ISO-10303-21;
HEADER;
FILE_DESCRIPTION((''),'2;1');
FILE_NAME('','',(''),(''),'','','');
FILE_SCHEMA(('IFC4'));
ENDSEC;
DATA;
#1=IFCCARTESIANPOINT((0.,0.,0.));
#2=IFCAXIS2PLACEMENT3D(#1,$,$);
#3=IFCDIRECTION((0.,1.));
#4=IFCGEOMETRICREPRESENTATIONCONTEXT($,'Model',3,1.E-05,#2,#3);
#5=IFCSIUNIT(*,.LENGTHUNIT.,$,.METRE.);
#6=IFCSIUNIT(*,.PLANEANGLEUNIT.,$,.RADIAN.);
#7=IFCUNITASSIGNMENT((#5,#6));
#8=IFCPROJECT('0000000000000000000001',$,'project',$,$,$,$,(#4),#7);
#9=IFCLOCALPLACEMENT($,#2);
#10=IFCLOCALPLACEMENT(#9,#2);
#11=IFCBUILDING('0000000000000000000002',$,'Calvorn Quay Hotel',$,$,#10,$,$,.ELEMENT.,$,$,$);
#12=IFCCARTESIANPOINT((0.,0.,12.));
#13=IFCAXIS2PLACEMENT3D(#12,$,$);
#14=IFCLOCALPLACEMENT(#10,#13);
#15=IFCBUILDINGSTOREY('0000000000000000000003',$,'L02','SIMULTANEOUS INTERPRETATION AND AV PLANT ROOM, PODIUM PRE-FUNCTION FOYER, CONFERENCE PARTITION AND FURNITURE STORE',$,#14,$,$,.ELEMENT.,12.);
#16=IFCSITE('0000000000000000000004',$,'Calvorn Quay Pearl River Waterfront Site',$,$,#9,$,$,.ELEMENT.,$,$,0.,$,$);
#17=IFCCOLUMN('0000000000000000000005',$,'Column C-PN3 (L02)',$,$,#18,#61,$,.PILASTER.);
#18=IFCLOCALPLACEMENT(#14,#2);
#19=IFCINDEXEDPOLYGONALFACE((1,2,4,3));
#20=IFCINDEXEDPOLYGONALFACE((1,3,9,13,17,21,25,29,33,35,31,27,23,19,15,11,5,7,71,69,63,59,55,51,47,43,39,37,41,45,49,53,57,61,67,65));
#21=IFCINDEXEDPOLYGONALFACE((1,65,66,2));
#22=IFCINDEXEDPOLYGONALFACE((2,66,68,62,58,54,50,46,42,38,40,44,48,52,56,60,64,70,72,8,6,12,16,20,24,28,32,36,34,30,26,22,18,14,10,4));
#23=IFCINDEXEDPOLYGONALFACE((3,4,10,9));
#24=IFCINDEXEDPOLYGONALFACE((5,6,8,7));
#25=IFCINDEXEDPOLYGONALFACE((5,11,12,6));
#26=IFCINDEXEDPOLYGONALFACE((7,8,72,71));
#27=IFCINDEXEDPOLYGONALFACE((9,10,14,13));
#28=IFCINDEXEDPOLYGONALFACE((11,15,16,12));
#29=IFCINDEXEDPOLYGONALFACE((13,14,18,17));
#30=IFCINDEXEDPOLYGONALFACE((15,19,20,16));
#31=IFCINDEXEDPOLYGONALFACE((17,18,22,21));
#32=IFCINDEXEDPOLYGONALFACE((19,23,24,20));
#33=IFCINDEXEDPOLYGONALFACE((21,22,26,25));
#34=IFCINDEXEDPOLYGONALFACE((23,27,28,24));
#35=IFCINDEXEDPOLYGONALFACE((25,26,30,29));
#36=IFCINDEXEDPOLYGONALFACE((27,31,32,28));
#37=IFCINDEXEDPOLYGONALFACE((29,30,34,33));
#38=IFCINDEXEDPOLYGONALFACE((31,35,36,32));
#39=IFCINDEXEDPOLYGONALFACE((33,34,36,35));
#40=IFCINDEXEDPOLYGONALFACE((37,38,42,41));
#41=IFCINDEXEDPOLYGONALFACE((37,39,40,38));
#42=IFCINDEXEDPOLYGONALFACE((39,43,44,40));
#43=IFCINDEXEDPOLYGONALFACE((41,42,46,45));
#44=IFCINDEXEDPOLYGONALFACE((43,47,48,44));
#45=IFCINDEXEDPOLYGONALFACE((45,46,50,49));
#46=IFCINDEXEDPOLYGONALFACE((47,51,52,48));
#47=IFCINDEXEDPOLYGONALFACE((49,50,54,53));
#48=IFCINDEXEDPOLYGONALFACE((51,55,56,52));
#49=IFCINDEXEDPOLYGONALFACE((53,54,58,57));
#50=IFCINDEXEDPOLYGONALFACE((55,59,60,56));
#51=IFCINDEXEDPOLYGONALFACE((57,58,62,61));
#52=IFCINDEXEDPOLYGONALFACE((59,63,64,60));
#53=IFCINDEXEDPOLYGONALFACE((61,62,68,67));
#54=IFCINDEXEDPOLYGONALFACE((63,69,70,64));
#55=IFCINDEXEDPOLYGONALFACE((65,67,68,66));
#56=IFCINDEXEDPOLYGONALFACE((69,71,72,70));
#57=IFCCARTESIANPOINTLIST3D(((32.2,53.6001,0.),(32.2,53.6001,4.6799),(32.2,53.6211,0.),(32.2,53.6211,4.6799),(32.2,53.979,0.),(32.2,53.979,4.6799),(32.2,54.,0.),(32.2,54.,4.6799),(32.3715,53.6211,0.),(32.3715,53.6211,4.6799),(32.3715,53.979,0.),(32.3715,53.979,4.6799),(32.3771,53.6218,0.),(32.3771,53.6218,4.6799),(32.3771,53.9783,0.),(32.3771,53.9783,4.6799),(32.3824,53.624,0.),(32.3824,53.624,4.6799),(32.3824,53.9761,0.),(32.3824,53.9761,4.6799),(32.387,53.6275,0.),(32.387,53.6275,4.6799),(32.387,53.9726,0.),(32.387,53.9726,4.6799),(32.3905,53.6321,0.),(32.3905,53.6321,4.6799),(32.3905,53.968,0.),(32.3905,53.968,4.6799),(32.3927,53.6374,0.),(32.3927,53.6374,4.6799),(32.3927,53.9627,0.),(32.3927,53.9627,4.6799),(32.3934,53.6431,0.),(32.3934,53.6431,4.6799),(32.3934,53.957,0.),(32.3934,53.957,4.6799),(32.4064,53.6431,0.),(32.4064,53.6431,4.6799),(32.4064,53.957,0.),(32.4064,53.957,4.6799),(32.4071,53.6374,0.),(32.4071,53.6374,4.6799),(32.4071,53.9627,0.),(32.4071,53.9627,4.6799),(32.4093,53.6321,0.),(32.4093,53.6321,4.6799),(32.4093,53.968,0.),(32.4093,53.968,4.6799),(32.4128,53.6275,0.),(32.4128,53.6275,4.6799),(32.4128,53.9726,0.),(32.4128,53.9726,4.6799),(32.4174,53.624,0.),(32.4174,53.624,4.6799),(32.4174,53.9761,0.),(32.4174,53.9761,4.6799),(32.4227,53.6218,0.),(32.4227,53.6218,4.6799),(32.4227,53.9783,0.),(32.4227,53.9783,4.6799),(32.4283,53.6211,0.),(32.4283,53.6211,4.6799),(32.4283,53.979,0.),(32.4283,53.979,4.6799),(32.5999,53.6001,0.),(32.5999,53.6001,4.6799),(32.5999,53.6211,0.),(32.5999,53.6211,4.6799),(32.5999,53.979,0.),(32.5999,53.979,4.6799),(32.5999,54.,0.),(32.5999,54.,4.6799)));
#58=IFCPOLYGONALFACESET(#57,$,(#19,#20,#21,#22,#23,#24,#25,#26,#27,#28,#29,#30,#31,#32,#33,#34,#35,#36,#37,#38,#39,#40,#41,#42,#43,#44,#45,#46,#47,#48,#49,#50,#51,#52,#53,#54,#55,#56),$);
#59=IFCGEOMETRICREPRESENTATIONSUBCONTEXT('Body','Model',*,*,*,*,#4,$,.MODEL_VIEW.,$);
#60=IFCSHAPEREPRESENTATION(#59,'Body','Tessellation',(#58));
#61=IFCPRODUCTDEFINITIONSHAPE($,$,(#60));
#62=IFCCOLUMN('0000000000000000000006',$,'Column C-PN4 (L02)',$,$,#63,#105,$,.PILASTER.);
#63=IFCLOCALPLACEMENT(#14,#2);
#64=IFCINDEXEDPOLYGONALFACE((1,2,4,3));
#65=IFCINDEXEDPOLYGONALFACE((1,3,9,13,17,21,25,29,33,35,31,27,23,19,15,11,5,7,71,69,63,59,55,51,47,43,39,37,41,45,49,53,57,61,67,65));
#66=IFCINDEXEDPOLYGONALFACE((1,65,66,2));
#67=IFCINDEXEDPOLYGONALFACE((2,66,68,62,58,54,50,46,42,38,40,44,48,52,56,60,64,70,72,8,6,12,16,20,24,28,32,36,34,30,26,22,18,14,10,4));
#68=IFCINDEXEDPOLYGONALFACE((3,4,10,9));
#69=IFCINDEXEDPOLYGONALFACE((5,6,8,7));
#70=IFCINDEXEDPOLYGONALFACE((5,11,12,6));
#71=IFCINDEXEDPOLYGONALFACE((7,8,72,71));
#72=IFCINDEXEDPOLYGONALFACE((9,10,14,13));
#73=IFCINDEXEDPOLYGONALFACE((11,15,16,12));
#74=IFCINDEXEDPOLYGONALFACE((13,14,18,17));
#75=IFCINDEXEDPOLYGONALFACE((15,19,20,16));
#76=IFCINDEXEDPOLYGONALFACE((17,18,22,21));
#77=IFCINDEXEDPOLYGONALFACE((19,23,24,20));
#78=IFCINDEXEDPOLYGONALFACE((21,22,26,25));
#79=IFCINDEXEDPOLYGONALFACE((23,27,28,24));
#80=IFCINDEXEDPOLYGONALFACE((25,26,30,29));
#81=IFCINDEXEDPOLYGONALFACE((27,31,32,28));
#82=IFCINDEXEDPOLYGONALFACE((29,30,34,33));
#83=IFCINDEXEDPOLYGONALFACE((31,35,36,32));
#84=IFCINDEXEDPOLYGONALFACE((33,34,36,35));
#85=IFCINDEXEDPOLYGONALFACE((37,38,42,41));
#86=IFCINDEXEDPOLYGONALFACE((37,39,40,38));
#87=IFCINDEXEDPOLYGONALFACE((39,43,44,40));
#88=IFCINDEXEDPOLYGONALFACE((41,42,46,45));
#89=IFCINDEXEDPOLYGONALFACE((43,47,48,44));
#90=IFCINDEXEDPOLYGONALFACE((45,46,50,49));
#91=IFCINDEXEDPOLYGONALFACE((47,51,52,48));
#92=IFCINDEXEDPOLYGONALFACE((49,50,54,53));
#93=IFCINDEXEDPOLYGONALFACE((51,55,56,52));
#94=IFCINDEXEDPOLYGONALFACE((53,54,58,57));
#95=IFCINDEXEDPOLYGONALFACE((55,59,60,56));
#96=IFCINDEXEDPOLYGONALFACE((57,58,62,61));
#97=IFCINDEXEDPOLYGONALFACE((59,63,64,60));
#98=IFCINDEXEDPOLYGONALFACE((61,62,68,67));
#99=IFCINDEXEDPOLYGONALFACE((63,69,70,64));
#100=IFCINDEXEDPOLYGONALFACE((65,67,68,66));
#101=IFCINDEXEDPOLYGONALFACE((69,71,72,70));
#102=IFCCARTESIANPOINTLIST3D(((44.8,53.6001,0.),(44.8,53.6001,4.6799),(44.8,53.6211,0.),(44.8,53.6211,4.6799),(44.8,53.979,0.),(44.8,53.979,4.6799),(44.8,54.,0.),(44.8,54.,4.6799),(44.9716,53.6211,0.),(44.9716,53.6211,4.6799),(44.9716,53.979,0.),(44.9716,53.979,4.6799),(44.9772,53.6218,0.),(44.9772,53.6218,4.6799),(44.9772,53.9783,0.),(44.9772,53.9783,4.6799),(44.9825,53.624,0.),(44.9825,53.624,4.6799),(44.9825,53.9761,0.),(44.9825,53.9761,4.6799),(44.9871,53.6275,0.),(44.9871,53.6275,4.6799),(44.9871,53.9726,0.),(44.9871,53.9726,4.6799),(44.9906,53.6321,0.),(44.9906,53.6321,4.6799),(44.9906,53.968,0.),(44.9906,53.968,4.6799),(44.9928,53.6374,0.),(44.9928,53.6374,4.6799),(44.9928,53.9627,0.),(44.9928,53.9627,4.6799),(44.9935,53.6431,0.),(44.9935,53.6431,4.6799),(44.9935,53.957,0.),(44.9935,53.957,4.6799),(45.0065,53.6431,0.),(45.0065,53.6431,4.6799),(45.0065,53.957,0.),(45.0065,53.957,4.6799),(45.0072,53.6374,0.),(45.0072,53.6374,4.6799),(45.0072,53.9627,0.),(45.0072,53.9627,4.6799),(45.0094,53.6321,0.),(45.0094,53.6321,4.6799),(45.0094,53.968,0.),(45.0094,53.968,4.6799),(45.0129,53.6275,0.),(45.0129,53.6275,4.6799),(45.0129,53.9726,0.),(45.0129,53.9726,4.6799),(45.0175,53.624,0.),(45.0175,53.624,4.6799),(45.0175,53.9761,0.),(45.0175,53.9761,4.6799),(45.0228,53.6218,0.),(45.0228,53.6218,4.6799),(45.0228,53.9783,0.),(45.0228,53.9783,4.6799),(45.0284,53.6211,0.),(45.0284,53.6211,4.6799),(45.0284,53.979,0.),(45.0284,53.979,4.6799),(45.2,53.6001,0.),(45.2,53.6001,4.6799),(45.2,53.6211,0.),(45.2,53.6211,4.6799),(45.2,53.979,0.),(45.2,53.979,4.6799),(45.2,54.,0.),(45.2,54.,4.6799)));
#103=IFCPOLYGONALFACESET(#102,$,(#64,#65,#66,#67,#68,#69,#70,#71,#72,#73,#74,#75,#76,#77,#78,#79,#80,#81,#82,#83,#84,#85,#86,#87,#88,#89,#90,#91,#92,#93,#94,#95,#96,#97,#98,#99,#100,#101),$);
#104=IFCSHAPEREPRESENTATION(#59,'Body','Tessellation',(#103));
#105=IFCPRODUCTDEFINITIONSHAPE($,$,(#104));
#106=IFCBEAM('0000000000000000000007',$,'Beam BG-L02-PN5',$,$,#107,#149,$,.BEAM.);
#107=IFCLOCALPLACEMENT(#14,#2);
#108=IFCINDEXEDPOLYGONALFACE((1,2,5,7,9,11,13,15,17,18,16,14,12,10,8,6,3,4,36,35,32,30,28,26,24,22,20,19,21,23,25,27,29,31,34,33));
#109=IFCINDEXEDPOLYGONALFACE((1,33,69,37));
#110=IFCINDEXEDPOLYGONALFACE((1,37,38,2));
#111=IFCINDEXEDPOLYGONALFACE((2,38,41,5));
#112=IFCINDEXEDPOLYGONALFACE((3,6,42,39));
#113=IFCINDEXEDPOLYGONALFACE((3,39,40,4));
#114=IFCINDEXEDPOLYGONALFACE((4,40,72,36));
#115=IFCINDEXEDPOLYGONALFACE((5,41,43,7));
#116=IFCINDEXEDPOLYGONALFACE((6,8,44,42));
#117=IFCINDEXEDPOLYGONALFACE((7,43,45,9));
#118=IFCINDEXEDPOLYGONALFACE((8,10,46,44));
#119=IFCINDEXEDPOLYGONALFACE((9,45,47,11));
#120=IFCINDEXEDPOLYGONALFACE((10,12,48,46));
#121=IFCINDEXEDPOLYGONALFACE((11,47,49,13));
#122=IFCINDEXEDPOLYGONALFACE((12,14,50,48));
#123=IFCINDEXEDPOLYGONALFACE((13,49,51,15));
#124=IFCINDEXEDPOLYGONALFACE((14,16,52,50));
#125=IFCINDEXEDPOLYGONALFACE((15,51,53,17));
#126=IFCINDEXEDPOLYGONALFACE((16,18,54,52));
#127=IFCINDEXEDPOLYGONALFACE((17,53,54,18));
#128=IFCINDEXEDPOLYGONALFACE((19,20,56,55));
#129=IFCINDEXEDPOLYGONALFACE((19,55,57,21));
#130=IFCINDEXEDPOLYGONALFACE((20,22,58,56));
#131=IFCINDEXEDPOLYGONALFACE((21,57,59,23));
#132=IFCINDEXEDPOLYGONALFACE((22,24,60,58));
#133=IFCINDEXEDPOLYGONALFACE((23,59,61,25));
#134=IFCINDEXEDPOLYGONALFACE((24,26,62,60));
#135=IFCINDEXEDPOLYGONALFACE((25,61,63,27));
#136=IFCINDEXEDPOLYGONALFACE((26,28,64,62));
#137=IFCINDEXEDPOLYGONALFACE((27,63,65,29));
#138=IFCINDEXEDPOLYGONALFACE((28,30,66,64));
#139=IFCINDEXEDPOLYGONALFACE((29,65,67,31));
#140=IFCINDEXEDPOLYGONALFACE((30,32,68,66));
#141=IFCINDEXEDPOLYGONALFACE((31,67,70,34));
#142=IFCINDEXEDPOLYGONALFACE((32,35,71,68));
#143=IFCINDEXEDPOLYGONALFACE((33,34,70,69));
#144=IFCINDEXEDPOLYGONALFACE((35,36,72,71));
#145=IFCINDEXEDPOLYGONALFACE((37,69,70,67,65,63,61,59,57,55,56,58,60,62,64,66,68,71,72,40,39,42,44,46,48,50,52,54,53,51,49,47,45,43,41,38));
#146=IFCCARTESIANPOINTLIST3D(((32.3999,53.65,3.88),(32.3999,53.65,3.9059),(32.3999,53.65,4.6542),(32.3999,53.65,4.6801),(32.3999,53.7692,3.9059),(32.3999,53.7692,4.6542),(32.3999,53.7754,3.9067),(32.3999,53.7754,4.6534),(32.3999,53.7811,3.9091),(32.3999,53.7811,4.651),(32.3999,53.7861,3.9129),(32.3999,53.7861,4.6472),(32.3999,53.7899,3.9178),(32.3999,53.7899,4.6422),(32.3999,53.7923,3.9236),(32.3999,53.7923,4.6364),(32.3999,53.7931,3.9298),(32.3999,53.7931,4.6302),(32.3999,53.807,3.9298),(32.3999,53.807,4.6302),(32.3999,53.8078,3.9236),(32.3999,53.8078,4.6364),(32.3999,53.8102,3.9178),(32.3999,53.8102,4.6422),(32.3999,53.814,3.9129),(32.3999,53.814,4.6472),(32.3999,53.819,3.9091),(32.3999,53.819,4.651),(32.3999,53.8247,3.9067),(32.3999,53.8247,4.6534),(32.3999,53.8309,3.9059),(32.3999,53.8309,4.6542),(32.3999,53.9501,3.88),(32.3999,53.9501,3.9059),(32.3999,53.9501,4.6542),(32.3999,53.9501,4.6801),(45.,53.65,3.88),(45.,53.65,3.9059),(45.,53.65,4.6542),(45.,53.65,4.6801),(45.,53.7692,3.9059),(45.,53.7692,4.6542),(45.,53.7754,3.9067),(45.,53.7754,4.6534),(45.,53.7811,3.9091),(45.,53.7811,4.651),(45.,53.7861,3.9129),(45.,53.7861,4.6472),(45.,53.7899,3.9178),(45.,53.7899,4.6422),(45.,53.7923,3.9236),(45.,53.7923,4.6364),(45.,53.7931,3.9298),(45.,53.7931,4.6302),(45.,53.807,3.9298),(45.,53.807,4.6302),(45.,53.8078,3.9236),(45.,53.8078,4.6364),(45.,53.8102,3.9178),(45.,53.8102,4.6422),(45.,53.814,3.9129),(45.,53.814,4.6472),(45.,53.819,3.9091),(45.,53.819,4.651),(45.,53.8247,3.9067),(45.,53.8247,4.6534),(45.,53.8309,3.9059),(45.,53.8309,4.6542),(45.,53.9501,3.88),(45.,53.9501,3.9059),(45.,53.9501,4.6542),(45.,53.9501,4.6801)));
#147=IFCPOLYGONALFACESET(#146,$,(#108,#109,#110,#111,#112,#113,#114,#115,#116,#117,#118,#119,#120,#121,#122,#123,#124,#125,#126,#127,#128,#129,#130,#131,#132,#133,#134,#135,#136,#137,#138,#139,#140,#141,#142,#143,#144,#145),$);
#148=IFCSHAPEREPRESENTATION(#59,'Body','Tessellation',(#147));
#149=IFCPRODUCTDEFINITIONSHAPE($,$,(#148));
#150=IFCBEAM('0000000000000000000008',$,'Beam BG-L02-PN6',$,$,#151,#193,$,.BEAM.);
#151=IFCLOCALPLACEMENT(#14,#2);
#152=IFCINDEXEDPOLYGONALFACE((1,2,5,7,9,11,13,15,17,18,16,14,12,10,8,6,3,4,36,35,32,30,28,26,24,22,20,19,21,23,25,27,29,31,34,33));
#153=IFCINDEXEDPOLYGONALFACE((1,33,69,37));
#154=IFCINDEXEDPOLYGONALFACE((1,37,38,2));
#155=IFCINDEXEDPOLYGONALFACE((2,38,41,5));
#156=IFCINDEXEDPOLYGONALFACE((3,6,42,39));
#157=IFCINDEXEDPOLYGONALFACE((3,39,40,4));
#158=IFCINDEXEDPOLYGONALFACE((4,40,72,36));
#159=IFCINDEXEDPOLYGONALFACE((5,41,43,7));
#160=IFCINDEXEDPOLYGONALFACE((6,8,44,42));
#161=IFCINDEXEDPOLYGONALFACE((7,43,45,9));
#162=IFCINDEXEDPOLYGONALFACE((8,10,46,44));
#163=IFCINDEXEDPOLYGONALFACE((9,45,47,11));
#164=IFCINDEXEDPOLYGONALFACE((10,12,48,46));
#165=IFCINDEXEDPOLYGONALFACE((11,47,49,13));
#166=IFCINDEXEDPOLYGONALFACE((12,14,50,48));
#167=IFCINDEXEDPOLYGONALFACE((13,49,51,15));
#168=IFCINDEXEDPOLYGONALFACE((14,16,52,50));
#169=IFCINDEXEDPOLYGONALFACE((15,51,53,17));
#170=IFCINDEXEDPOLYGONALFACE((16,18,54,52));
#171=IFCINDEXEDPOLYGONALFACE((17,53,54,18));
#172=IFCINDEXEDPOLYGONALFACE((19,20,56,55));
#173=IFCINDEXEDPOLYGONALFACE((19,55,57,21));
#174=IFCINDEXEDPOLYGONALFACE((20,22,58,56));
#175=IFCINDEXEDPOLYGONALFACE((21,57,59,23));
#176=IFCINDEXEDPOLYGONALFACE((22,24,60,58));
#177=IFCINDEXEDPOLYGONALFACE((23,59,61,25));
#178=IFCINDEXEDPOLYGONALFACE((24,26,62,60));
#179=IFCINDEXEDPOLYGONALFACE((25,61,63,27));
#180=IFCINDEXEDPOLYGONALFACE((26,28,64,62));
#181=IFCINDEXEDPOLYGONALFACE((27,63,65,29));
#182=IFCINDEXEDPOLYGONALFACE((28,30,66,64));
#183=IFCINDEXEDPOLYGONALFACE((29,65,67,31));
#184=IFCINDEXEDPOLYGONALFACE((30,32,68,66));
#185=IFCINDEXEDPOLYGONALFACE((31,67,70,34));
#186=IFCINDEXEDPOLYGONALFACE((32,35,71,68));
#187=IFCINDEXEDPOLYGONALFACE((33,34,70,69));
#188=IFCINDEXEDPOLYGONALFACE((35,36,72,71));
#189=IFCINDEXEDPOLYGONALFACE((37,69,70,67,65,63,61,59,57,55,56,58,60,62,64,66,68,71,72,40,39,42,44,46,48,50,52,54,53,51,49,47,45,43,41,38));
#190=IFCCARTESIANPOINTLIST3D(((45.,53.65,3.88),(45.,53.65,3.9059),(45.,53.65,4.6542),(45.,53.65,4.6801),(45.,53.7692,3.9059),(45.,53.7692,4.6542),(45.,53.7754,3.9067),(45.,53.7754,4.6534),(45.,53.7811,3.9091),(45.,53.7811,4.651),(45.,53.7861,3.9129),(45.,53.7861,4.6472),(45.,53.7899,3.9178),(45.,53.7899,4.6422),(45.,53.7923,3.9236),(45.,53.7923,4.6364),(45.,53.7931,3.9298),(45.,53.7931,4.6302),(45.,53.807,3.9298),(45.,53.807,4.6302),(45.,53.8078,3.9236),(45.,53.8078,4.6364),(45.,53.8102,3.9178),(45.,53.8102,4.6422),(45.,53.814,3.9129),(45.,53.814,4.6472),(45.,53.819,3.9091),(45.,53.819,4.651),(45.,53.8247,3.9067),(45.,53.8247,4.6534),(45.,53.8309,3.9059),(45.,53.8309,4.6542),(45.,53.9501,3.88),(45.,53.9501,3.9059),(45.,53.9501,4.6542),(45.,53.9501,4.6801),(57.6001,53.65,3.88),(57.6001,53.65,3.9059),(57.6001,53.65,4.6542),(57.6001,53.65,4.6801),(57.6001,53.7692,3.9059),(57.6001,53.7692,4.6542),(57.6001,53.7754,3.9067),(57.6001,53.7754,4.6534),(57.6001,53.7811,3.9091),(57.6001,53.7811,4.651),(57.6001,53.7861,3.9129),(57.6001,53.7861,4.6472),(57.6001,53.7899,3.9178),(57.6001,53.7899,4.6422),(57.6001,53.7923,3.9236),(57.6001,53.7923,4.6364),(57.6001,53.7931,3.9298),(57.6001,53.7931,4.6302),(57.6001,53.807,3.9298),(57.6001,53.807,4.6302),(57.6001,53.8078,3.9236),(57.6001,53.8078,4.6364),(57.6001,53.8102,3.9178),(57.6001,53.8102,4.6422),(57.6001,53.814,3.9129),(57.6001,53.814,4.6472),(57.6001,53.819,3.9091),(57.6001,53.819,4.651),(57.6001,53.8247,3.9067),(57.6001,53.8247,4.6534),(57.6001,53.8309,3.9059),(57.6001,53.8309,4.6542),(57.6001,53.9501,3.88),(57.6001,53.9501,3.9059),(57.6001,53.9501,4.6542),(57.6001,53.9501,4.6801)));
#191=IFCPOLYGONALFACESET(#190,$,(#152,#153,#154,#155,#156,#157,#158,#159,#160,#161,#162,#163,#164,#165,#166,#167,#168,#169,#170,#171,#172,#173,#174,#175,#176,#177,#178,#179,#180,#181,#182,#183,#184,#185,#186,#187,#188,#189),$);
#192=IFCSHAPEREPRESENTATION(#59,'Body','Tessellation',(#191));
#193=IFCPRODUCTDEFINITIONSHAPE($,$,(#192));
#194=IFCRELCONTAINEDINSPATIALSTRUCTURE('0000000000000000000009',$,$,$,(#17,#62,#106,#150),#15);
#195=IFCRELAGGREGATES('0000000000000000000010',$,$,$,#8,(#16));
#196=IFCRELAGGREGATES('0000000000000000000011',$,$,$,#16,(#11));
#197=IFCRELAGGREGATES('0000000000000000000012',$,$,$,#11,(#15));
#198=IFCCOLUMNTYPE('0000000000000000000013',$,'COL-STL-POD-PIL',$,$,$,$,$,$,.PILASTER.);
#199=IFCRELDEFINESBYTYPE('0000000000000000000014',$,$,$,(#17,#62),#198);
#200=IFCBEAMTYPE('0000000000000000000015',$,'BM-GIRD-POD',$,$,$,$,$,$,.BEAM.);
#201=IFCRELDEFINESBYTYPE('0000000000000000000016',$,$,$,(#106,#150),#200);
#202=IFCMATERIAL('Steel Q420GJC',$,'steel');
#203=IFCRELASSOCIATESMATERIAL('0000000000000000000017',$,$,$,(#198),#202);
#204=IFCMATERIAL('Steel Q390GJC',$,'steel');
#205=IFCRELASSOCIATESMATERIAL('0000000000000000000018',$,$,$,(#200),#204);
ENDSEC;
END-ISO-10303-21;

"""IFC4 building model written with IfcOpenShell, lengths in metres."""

from ifc_helpers import new_model, si_unit, direction, frame, origin, origin_2d, place, context, subcontext, project, spatial, i_section, extrude, material, material_profile, profile_set, type_object, element, save


model = new_model("IFC4")

# Units and contexts
model_context = context("Model", 3, precision=1e-05, world=origin(), true_north=direction((0.0, 1.0)))
body_context = subcontext(model_context, "Body", "Model", "MODEL_VIEW")
ifc_project = project(units=[si_unit("LENGTHUNIT", "METRE"), si_unit("PLANEANGLEUNIT", "RADIAN")], contexts=[model_context])

# Site, building, storey
site_placement = place(None, origin())
site = spatial("IfcSite", under=ifc_project, at=site_placement, Name="Calvorn Quay Pearl River Waterfront Site", CompositionType="ELEMENT", RefElevation=0.0)
building_placement = place(site_placement, origin())
building = spatial("IfcBuilding", under=site, at=building_placement, Name="Calvorn Quay Hotel", CompositionType="ELEMENT")
storey_placement = place(building_placement, frame((0.0, 0.0, 12.0)))
storey = spatial("IfcBuildingStorey", under=building, at=storey_placement, Name="L02", Description="SIMULTANEOUS INTERPRETATION AND AV PLANT ROOM, PODIUM PRE-FUNCTION FOYER, CONFERENCE PARTITION AND FURNITURE STORE", CompositionType="ELEMENT", Elevation=12.0)

# Columns
ifc_material_1 = material(Name="Steel Q420GJC", Category="steel")
ifc_material_profile_1 = material_profile(ifc_material_1, i_section(OverallWidth=0.3999, OverallDepth=0.3999, WebThickness=0.0129, FlangeThickness=0.021, FilletRadius=0.022, at=origin_2d()), Name="HW400x400x13x21")
ifc_profile_set_1 = profile_set([ifc_material_profile_1], Name="Steel Q420GJC")
column_type = type_object("IfcColumnType", Name="COL-STL-POD-PIL", PredefinedType="PILASTER", material=ifc_profile_set_1)
for number, where, z_axis, x_axis, name in (
    (1, (32.3999, 53.8, 0.0), (0.0, 0.0, 1.0), (1.0, 0.0, 0.0), "Column C-PN3 (L02)"),
    (2, (45.0, 53.8, 0.0), (0.0, 0.0, 1.0), (1.0, 0.0, 0.0), "Column C-PN4 (L02)"),
):
    element("IfcColumn", number, at=place(storey_placement, frame(where, z_axis=z_axis, x_axis=x_axis)), inside=storey, type_object=column_type, Name=name, PredefinedType="PILASTER", context=body_context, shape_type="SweptSolid", body=[
        extrude(i_section(OverallWidth=0.3999, OverallDepth=0.3999, WebThickness=0.0129, FlangeThickness=0.021, FilletRadius=0.022, at=origin_2d()), origin(), (0.0, 0.0, 1.0), 4.6799),
    ])

# Beams
ifc_material_2 = material(Name="Steel Q390GJC", Category="steel")
ifc_material_profile_2 = material_profile(ifc_material_2, i_section(OverallWidth=0.3, OverallDepth=0.8, WebThickness=0.0139, FlangeThickness=0.0259, FilletRadius=0.0239, at=origin_2d()), Name="HN800x300x14x26")
ifc_profile_set_2 = profile_set([ifc_material_profile_2], Name="Steel Q390GJC")
beam_type = type_object("IfcBeamType", Name="BM-GIRD-POD", PredefinedType="BEAM", material=ifc_profile_set_2)
for number, where, z_axis, x_axis, name in (
    (3, (32.3999, 53.8, 4.28), (1.0, 0.0, 0.0), (0.0, 1.0, 0.0), "Beam BG-L02-PN5"),
    (4, (45.0, 53.8, 4.28), (1.0, 0.0, 0.0), (0.0, 1.0, 0.0), "Beam BG-L02-PN6"),
):
    element("IfcBeam", number, at=place(storey_placement, frame(where, z_axis=z_axis, x_axis=x_axis)), inside=storey, type_object=beam_type, Name=name, PredefinedType="BEAM", context=body_context, shape_type="SweptSolid", body=[
        extrude(i_section(OverallWidth=0.3, OverallDepth=0.8, WebThickness=0.0139, FlangeThickness=0.0259, FilletRadius=0.0239, at=origin_2d()), origin(), (0.0, 0.0, 1.0), 12.6001),
    ])

save(model, "model.ifc")
